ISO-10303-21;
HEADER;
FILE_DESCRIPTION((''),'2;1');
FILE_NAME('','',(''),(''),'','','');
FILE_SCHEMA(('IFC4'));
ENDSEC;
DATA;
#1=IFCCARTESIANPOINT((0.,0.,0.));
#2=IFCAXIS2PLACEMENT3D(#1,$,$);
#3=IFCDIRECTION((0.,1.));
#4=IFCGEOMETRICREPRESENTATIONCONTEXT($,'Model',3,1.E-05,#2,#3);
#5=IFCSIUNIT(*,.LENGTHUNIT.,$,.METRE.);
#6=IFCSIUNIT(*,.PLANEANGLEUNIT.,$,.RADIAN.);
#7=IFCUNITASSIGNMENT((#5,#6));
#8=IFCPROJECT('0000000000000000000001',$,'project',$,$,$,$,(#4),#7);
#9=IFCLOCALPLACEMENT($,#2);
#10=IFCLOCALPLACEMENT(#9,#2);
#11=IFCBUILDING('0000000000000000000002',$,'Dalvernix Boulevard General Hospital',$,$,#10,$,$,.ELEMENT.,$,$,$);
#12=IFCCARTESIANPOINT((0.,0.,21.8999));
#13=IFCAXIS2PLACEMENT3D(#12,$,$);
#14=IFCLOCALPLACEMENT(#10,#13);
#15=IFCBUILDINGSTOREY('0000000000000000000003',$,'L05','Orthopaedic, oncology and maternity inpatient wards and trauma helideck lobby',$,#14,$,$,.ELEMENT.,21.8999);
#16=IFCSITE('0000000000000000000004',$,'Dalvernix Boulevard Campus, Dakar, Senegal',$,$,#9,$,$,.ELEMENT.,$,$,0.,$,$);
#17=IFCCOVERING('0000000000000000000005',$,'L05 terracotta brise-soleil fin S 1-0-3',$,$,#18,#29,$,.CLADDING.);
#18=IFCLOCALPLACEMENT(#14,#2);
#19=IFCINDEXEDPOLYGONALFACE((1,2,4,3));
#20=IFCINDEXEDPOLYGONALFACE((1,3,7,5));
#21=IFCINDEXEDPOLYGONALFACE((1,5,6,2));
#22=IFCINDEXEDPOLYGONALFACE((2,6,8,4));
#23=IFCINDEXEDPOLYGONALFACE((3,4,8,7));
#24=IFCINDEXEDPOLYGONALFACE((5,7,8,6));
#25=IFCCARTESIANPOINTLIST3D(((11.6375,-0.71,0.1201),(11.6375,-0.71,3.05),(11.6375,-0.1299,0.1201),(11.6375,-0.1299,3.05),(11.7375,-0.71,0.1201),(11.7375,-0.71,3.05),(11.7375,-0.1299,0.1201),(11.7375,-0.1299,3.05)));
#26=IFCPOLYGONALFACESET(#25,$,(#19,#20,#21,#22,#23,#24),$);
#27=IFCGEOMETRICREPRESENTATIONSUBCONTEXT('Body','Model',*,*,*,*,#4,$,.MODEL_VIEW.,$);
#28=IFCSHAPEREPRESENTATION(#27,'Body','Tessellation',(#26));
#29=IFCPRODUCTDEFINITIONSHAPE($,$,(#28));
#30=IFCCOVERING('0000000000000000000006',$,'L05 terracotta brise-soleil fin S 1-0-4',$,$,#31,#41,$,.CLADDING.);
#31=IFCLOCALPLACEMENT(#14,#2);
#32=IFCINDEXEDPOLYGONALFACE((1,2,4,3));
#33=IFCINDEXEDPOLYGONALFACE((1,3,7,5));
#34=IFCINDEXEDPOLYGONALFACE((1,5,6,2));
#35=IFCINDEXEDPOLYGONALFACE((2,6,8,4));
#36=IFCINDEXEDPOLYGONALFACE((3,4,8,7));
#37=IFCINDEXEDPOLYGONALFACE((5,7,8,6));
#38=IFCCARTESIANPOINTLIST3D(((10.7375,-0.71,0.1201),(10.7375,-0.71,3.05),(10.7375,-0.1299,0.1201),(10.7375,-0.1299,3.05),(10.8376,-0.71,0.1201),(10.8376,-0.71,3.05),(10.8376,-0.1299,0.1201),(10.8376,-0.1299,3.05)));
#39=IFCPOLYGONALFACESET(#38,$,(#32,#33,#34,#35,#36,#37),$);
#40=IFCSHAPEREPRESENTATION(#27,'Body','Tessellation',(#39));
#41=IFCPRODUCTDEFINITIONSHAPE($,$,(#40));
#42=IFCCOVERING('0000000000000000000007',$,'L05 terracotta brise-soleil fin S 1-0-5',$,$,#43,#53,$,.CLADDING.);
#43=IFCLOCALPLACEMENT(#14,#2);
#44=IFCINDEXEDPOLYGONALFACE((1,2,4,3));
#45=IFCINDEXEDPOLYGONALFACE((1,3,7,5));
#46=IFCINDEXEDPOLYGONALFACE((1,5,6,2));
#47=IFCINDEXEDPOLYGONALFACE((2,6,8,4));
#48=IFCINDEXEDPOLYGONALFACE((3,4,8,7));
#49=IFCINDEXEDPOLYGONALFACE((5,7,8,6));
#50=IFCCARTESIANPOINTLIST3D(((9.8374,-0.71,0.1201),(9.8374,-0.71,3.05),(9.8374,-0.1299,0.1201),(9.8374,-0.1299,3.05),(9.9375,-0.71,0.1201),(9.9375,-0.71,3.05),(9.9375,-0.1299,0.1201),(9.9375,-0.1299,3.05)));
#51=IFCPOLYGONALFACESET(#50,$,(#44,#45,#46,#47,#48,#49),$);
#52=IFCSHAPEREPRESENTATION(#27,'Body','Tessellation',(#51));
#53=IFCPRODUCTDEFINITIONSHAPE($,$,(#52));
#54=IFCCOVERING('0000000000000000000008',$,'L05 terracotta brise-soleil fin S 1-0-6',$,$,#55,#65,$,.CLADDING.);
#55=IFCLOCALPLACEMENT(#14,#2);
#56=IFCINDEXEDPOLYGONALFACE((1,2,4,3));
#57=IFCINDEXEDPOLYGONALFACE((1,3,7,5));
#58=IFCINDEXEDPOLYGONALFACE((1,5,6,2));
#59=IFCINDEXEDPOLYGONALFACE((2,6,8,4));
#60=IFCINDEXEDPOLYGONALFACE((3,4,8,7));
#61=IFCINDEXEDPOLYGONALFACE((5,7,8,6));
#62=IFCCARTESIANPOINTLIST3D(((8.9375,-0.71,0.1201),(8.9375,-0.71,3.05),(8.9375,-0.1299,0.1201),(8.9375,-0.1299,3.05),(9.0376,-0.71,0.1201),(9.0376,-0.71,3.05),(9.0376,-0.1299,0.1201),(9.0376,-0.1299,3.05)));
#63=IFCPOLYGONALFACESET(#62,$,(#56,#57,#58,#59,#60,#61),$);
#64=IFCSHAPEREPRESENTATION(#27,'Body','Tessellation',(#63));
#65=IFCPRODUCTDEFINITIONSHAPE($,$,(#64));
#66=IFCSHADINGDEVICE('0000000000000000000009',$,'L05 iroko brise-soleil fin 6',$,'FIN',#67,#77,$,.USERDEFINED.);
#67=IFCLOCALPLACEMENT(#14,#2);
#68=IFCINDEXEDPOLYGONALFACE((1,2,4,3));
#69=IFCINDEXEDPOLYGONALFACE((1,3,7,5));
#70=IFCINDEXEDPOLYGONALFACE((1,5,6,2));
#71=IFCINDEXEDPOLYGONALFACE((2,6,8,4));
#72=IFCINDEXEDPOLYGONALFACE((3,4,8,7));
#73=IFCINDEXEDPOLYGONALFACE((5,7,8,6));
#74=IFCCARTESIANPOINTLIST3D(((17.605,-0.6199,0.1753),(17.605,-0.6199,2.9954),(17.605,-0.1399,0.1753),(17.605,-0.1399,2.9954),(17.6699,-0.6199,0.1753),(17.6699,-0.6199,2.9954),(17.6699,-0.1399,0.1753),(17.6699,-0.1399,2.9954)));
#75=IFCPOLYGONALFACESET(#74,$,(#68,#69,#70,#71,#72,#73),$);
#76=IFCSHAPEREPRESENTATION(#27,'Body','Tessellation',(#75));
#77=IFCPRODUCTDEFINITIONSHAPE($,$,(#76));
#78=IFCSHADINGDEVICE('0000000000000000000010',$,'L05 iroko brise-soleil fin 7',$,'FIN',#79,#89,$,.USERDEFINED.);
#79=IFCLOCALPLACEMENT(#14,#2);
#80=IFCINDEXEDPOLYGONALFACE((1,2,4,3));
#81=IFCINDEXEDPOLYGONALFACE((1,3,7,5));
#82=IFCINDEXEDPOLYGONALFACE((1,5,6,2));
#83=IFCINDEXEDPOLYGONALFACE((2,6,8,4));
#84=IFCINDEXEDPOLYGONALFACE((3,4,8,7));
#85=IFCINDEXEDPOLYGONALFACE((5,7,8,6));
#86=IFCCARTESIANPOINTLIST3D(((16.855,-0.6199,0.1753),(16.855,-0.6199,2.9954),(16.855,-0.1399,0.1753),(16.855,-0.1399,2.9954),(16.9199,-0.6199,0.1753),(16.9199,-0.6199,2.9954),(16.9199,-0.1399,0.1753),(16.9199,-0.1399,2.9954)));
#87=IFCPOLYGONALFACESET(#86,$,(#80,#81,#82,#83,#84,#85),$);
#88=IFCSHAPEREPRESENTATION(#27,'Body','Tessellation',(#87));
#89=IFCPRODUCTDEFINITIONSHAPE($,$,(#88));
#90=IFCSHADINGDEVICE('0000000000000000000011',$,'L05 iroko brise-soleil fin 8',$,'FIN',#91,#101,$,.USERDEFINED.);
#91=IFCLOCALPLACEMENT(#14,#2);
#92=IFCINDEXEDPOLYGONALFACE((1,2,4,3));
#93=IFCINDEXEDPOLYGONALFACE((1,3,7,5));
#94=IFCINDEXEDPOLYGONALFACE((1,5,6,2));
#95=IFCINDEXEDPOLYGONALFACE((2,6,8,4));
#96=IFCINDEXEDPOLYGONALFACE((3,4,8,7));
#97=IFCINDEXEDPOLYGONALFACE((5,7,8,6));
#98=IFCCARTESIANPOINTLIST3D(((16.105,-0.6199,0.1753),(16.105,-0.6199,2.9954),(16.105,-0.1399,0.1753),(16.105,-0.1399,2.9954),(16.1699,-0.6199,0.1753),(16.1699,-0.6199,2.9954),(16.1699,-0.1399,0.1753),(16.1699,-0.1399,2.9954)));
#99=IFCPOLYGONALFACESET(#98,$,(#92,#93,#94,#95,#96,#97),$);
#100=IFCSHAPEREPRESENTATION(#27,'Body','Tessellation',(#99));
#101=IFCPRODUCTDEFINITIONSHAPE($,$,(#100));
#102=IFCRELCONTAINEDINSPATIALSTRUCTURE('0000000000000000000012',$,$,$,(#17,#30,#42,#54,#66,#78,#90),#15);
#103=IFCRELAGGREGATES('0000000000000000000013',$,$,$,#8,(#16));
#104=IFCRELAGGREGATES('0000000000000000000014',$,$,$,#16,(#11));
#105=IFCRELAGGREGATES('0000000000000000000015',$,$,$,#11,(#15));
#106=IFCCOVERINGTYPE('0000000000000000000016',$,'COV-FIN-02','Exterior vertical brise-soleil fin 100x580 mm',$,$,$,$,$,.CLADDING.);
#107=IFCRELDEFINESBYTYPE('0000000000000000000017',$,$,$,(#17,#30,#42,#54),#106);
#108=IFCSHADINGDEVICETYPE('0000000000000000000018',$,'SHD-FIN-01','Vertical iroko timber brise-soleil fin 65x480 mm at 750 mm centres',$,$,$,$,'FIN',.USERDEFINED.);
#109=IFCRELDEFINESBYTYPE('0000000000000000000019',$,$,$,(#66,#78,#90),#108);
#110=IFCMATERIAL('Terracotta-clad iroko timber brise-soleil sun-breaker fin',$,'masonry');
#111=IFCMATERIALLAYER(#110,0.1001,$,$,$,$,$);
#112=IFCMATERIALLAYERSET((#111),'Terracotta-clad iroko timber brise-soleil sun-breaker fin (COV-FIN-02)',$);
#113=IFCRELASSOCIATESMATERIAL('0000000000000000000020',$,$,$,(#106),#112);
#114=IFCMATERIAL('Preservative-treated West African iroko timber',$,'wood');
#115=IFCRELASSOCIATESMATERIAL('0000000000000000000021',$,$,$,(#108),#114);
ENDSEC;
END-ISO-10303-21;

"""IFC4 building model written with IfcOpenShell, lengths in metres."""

from ifc_helpers import new_model, si_unit, direction, frame, origin, origin_2d, place, context, subcontext, project, spatial, rectangle, extrude, material, layer, layer_set, type_object, element, save


model = new_model("IFC4")

# Units and contexts
model_context = context("Model", 3, precision=1e-05, world=origin(), true_north=direction((0.0, 1.0)))
body_context = subcontext(model_context, "Body", "Model", "MODEL_VIEW")
ifc_project = project(units=[si_unit("LENGTHUNIT", "METRE"), si_unit("PLANEANGLEUNIT", "RADIAN")], contexts=[model_context])

# Site, building, storey
site_placement = place(None, origin())
site = spatial("IfcSite", under=ifc_project, at=site_placement, Name="Dalvernix Boulevard Campus, Dakar, Senegal", CompositionType="ELEMENT", RefElevation=0.0)
building_placement = place(site_placement, origin())
building = spatial("IfcBuilding", under=site, at=building_placement, Name="Dalvernix Boulevard General Hospital", CompositionType="ELEMENT")
storey_placement = place(building_placement, frame((0.0, 0.0, 21.8999)))
storey = spatial("IfcBuildingStorey", under=building, at=storey_placement, Name="L05", Description="Orthopaedic, oncology and maternity inpatient wards and trauma helideck lobby", CompositionType="ELEMENT", Elevation=21.8999)

# Coverings
ifc_material_1 = material(Name="Terracotta-clad iroko timber brise-soleil sun-breaker fin", Category="masonry")
ifc_layer_1 = layer(ifc_material_1, 0.1001)
ifc_layer_set_1 = layer_set([ifc_layer_1], Name="Terracotta-clad iroko timber brise-soleil sun-breaker fin (COV-FIN-02)")
covering_type_1 = type_object("IfcCoveringType", Name="COV-FIN-02", Description="Exterior vertical brise-soleil fin 100x580 mm", PredefinedType="CLADDING", material=ifc_layer_set_1)
for number, where, z_axis, x_axis, name in (
    (1, (11.6875, -0.4199, 0.1201), (0.0, 0.0, 1.0), (-1.0, 0.0, 0.0), "L05 terracotta brise-soleil fin S 1-0-3"),
    (2, (10.7876, -0.4199, 0.1201), (0.0, 0.0, 1.0), (-1.0, 0.0, 0.0), "L05 terracotta brise-soleil fin S 1-0-4"),
    (3, (9.8875, -0.4199, 0.1201), (0.0, 0.0, 1.0), (-1.0, 0.0, 0.0), "L05 terracotta brise-soleil fin S 1-0-5"),
    (4, (8.9875, -0.4199, 0.1201), (0.0, 0.0, 1.0), (-1.0, 0.0, 0.0), "L05 terracotta brise-soleil fin S 1-0-6"),
):
    element("IfcCovering", number, at=place(storey_placement, frame(where, z_axis=z_axis, x_axis=x_axis)), inside=storey, type_object=covering_type_1, Name=name, PredefinedType="CLADDING", context=body_context, shape_type="SweptSolid", body=[
        extrude(rectangle(XDim=0.1001, YDim=0.5801, at=origin_2d()), origin(), (0.0, 0.0, 1.0), 2.9299),
    ])

# Shading devices
ifc_material_2 = material(Name="Preservative-treated West African iroko timber", Category="wood")
shading_device_type = type_object("IfcShadingDeviceType", Name="SHD-FIN-01", Description="Vertical iroko timber brise-soleil fin 65x480 mm at 750 mm centres", ElementType="FIN", PredefinedType="USERDEFINED", material=ifc_material_2)
for number, where, z_axis, x_axis, name in (
    (5, (17.6375, -0.3799, 0.1753), (0.0, 0.0, 1.0), (-1.0, 0.0, 0.0), "L05 iroko brise-soleil fin 6"),
    (6, (16.8875, -0.3799, 0.1753), (0.0, 0.0, 1.0), (-1.0, 0.0, 0.0), "L05 iroko brise-soleil fin 7"),
    (7, (16.1375, -0.3799, 0.1753), (0.0, 0.0, 1.0), (-1.0, 0.0, 0.0), "L05 iroko brise-soleil fin 8"),
):
    element("IfcShadingDevice", number, at=place(storey_placement, frame(where, z_axis=z_axis, x_axis=x_axis)), inside=storey, type_object=shading_device_type, Name=name, ObjectType="FIN", PredefinedType="USERDEFINED", context=body_context, shape_type="SweptSolid", body=[
        extrude(rectangle(XDim=0.0649, YDim=0.48, at=origin_2d()), origin(), (0.0, 0.0, 1.0), 2.8201),
    ])

save(model, "model.ifc")
